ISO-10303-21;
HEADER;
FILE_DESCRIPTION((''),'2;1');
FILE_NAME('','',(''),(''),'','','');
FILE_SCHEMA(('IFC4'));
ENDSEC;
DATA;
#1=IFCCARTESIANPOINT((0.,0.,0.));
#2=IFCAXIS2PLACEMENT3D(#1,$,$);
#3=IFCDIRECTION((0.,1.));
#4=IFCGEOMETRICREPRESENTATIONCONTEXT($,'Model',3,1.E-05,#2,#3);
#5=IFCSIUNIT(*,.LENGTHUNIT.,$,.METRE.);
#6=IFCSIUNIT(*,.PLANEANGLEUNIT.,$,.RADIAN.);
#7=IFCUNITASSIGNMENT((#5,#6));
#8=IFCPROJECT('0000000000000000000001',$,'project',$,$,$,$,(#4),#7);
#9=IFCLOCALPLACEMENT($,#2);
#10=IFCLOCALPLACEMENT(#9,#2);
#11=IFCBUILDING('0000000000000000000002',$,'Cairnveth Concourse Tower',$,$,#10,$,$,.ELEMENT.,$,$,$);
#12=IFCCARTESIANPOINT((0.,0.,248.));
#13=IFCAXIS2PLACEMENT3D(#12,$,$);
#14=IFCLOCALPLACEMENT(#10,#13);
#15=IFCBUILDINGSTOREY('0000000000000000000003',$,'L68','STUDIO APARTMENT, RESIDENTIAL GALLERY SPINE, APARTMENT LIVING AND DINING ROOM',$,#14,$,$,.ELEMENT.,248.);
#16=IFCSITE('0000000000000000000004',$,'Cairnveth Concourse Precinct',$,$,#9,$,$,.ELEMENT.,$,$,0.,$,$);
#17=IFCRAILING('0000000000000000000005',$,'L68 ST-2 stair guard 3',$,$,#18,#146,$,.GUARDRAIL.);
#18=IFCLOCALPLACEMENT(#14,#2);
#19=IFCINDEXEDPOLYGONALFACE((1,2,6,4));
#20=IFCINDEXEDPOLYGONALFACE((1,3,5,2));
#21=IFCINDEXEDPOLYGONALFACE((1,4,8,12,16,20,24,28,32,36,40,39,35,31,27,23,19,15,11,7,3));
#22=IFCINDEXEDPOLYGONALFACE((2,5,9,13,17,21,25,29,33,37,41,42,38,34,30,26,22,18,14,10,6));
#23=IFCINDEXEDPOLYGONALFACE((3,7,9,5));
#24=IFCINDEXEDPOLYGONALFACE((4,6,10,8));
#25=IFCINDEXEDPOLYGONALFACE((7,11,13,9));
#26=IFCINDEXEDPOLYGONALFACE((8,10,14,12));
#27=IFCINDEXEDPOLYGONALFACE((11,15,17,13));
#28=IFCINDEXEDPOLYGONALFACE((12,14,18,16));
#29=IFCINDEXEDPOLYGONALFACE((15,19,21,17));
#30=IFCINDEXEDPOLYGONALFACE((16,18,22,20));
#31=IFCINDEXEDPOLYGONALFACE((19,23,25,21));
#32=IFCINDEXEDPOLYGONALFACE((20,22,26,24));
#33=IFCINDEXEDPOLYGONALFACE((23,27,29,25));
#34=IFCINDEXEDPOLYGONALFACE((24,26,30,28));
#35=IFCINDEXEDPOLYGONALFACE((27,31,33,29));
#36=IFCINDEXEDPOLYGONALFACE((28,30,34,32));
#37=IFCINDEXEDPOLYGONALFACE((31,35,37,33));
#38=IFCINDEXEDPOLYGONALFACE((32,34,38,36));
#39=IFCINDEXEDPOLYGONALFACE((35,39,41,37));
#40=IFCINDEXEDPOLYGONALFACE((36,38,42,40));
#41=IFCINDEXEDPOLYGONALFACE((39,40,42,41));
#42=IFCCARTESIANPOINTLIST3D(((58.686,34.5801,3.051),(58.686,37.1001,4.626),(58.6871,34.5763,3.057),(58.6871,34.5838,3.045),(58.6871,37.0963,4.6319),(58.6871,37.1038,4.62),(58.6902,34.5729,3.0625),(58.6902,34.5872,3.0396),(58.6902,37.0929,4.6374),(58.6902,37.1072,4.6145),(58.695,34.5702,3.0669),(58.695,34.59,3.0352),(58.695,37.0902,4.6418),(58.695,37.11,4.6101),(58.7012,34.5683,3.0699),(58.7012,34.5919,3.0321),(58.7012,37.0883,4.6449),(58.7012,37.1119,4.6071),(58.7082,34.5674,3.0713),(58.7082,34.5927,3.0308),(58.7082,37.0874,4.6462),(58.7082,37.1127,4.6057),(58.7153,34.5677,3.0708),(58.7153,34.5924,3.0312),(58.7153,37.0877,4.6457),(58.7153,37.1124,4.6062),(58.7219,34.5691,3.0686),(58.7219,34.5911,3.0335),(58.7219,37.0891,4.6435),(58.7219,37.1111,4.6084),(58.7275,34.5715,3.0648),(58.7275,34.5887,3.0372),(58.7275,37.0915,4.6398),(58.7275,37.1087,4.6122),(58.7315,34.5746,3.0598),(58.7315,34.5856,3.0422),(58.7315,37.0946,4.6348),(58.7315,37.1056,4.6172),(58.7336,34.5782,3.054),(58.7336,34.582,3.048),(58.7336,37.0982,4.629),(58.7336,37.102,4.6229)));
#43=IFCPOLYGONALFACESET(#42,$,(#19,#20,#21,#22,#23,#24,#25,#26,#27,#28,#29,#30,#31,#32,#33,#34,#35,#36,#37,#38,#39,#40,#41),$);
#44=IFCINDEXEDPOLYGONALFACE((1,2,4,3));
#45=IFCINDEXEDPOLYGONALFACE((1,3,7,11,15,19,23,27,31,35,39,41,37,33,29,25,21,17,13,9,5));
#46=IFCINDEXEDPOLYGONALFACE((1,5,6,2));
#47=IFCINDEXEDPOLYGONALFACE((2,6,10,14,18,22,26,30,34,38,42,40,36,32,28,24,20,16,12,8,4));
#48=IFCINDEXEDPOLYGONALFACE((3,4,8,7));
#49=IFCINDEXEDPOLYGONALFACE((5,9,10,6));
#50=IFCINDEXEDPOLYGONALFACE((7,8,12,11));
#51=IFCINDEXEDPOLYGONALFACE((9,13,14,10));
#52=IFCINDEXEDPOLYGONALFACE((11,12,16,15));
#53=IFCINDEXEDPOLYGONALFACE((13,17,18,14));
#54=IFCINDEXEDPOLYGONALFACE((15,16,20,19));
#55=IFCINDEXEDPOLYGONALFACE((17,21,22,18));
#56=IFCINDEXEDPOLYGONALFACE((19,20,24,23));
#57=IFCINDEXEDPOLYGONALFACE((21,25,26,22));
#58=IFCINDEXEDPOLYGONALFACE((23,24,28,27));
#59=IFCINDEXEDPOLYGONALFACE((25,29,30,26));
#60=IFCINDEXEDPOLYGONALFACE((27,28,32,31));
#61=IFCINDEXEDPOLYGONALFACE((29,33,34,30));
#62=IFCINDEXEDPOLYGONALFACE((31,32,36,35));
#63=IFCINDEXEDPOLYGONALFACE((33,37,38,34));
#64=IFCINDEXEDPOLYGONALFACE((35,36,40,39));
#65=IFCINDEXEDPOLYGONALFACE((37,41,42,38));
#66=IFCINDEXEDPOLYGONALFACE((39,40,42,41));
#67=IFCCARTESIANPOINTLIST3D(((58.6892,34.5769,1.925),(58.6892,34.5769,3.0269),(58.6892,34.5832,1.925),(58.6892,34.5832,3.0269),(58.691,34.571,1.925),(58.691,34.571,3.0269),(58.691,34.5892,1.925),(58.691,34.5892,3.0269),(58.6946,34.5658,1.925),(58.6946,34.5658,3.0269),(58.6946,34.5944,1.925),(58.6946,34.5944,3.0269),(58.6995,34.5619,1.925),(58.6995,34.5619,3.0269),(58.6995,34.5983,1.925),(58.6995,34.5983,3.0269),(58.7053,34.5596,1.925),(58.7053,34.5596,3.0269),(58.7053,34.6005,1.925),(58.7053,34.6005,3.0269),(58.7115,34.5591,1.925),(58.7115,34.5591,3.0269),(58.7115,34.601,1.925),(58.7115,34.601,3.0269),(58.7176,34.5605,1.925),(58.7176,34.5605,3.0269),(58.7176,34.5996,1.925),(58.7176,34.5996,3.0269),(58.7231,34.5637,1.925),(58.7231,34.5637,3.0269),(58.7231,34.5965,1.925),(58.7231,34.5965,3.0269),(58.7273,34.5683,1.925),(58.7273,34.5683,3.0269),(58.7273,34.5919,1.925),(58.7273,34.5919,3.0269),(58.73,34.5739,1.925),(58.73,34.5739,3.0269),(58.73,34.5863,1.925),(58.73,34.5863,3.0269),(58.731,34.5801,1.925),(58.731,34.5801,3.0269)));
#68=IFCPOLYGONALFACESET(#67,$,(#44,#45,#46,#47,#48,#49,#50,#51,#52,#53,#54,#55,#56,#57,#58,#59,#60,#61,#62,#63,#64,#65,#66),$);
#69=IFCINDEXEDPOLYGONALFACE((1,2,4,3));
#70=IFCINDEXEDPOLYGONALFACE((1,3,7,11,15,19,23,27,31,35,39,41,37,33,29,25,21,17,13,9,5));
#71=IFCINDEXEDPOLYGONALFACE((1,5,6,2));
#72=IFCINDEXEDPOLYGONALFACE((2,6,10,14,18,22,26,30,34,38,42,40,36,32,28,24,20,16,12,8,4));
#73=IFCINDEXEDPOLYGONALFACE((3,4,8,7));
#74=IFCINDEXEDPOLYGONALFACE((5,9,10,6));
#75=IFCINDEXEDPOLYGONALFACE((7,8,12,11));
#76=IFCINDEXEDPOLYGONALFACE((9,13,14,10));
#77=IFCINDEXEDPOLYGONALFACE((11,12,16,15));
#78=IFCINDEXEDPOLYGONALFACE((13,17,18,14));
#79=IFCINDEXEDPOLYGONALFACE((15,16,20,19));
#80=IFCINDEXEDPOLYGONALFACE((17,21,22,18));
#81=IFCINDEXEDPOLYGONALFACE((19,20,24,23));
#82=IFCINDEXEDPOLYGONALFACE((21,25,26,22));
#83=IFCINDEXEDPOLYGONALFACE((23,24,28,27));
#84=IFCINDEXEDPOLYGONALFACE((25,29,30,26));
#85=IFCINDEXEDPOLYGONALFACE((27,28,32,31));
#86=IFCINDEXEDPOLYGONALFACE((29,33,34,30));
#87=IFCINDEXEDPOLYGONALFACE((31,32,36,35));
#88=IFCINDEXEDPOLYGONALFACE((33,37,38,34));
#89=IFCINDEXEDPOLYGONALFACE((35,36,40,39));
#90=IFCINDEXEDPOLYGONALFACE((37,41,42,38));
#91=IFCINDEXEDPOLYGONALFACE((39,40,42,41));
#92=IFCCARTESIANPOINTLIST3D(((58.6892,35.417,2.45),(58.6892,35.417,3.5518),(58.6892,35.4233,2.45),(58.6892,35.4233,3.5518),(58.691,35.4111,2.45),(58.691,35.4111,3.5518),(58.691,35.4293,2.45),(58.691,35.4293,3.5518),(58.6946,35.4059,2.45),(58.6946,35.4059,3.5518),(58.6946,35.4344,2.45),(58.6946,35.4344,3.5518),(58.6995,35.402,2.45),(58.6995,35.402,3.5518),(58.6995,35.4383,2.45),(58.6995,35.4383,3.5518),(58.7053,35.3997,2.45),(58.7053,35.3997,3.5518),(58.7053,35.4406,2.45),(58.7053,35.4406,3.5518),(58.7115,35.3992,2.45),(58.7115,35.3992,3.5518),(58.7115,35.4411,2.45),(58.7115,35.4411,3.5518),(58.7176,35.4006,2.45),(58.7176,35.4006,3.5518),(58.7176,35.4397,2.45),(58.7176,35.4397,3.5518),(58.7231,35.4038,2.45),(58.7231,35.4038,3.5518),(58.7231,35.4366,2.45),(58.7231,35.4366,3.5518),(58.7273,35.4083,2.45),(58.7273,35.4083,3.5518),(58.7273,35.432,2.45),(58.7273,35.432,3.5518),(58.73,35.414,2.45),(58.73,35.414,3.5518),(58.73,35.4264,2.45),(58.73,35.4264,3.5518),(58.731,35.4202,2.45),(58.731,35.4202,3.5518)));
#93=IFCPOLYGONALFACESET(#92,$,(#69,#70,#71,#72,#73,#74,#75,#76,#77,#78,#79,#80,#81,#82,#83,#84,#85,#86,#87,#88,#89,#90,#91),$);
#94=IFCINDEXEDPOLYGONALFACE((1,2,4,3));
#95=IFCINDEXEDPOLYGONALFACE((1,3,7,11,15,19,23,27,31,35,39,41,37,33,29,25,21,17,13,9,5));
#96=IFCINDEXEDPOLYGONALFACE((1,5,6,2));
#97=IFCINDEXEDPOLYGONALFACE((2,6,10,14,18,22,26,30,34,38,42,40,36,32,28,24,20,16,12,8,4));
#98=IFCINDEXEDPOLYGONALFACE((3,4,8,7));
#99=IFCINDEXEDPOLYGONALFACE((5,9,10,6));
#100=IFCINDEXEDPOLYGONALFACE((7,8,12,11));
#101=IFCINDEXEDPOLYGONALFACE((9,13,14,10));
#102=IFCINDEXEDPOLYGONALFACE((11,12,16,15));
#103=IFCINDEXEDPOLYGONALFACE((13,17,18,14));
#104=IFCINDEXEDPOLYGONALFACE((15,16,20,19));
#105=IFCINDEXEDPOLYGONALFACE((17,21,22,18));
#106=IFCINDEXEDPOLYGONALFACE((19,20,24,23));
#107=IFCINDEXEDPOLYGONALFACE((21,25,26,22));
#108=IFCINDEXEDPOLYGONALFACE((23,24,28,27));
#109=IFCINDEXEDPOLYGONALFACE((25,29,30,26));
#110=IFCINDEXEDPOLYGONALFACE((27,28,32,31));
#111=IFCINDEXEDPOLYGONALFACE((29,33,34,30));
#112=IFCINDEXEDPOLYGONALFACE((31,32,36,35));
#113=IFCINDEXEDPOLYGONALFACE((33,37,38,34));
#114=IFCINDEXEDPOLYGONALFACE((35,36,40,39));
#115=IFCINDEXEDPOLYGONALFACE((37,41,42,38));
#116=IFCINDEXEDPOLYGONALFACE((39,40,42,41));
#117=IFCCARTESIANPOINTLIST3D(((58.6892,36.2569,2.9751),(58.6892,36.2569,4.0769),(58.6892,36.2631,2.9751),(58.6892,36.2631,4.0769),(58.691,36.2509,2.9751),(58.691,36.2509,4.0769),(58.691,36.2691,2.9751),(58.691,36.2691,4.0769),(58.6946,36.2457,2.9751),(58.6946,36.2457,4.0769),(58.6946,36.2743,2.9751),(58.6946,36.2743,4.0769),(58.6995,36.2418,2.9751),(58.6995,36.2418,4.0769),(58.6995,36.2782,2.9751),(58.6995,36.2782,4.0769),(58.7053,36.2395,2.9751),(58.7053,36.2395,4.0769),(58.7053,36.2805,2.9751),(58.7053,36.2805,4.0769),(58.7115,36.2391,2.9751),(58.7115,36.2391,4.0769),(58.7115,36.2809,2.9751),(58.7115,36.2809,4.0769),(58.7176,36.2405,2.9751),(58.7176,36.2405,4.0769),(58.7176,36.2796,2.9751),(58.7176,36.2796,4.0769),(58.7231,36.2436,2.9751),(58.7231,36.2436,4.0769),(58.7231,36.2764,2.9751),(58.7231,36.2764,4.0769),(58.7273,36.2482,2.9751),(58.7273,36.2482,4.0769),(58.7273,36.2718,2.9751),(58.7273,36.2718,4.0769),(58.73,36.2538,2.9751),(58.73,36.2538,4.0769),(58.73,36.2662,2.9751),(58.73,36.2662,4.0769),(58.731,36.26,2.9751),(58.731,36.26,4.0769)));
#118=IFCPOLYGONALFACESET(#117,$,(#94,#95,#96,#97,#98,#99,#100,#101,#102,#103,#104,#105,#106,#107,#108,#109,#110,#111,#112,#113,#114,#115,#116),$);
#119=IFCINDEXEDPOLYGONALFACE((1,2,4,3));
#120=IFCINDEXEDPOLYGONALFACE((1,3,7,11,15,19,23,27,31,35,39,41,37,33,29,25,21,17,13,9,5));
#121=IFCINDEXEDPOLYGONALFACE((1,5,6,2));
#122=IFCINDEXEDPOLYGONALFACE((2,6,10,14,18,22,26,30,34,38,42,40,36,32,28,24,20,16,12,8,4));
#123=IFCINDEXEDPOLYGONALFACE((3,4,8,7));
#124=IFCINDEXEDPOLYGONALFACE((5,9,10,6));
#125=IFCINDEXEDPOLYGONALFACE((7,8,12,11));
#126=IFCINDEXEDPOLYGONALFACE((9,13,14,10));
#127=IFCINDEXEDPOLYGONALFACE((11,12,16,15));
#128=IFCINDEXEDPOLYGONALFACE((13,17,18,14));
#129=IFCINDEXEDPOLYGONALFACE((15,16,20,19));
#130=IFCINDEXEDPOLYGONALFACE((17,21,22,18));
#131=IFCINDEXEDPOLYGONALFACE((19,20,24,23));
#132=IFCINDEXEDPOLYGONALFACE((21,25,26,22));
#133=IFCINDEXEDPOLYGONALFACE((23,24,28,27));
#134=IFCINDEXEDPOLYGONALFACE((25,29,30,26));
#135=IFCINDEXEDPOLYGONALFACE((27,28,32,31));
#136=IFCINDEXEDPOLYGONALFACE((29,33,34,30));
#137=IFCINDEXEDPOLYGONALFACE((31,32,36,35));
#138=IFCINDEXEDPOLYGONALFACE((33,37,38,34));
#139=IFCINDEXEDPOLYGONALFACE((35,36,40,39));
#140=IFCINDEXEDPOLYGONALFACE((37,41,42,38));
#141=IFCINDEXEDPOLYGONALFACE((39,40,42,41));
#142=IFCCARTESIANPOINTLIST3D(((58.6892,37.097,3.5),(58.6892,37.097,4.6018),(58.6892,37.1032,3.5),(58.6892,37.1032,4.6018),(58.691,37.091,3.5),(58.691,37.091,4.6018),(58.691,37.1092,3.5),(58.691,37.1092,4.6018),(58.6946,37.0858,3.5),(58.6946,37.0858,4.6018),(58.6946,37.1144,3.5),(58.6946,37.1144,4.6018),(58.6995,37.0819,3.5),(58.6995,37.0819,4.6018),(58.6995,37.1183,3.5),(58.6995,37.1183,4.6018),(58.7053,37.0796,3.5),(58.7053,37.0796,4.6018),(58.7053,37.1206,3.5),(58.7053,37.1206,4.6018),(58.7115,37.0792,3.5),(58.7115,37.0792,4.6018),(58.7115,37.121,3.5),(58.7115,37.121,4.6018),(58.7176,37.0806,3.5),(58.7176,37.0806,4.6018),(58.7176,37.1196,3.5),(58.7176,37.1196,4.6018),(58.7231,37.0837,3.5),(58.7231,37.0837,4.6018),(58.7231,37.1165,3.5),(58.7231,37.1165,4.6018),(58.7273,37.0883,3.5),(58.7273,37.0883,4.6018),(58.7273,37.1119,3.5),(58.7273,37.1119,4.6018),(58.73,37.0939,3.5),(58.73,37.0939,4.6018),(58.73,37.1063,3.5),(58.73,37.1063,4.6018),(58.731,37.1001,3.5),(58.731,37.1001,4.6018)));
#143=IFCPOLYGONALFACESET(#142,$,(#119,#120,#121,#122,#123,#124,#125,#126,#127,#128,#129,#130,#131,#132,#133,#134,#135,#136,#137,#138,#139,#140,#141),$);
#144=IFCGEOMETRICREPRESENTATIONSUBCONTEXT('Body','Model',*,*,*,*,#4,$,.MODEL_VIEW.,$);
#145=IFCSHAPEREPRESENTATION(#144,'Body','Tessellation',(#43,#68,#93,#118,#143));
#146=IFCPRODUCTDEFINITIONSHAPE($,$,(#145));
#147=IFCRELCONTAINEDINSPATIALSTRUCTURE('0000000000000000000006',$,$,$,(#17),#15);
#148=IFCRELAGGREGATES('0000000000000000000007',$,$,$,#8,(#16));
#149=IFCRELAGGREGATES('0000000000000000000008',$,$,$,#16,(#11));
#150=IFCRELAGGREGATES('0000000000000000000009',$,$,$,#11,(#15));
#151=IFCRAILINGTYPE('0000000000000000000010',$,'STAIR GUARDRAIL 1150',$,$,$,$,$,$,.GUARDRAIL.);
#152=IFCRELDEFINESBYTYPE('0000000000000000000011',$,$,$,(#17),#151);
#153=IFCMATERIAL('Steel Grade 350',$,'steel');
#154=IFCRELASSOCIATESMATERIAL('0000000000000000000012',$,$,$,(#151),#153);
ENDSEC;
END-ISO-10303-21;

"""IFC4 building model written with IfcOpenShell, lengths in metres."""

from ifc_helpers import new_model, si_unit, direction, frame, origin, origin_2d, place, context, subcontext, project, spatial, circle, extrude, material, type_object, element, save


model = new_model("IFC4")

# Units and contexts
model_context = context("Model", 3, precision=1e-05, world=origin(), true_north=direction((0.0, 1.0)))
body_context = subcontext(model_context, "Body", "Model", "MODEL_VIEW")
ifc_project = project(units=[si_unit("LENGTHUNIT", "METRE"), si_unit("PLANEANGLEUNIT", "RADIAN")], contexts=[model_context])

# Site, building, storey
site_placement = place(None, origin())
site = spatial("IfcSite", under=ifc_project, at=site_placement, Name="Cairnveth Concourse Precinct", CompositionType="ELEMENT", RefElevation=0.0)
building_placement = place(site_placement, origin())
building = spatial("IfcBuilding", under=site, at=building_placement, Name="Cairnveth Concourse Tower", CompositionType="ELEMENT")
storey_placement = place(building_placement, frame((0.0, 0.0, 248.0)))
storey = spatial("IfcBuildingStorey", under=building, at=storey_placement, Name="L68", Description="STUDIO APARTMENT, RESIDENTIAL GALLERY SPINE, APARTMENT LIVING AND DINING ROOM", CompositionType="ELEMENT", Elevation=248.0)

# Shared definitions
ifc_material_1 = material(Name="Steel Grade 350", Category="steel")

# Railing
railing_type_1 = type_object("IfcRailingType", Name="STAIR GUARDRAIL 1150", PredefinedType="GUARDRAIL", material=ifc_material_1)
railing_1_placement = place(storey_placement, frame((58.71, 34.5801, 1.925)))
element("IfcRailing", 1, at=railing_1_placement, inside=storey, type_object=railing_type_1, Name="L68 ST-2 stair guard 3", PredefinedType="GUARDRAIL", context=body_context, shape_type="SweptSolid", body=[
    extrude(circle(Radius=0.0239, at=origin_2d()), frame((0.0, 0.0, 1.126), z_axis=(0.0, 0.848008, 0.529984), x_axis=(-1.0, 0.0, 0.0)), (0.0, 0.0, 1.0), 2.9717),
    extrude(circle(Radius=0.021, at=origin_2d()), origin(), (0.0, 0.0, 1.0), 1.1018),
    extrude(circle(Radius=0.021, at=origin_2d()), frame((0.0, 0.8401, 0.5249)), (0.0, 0.0, 1.0), 1.1018),
    extrude(circle(Radius=0.021, at=origin_2d()), frame((0.0, 1.6799, 1.05)), (0.0, 0.0, 1.0), 1.1018),
    extrude(circle(Radius=0.021, at=origin_2d()), frame((0.0, 2.52, 1.575)), (0.0, 0.0, 1.0), 1.1018),
])

save(model, "model.ifc")
